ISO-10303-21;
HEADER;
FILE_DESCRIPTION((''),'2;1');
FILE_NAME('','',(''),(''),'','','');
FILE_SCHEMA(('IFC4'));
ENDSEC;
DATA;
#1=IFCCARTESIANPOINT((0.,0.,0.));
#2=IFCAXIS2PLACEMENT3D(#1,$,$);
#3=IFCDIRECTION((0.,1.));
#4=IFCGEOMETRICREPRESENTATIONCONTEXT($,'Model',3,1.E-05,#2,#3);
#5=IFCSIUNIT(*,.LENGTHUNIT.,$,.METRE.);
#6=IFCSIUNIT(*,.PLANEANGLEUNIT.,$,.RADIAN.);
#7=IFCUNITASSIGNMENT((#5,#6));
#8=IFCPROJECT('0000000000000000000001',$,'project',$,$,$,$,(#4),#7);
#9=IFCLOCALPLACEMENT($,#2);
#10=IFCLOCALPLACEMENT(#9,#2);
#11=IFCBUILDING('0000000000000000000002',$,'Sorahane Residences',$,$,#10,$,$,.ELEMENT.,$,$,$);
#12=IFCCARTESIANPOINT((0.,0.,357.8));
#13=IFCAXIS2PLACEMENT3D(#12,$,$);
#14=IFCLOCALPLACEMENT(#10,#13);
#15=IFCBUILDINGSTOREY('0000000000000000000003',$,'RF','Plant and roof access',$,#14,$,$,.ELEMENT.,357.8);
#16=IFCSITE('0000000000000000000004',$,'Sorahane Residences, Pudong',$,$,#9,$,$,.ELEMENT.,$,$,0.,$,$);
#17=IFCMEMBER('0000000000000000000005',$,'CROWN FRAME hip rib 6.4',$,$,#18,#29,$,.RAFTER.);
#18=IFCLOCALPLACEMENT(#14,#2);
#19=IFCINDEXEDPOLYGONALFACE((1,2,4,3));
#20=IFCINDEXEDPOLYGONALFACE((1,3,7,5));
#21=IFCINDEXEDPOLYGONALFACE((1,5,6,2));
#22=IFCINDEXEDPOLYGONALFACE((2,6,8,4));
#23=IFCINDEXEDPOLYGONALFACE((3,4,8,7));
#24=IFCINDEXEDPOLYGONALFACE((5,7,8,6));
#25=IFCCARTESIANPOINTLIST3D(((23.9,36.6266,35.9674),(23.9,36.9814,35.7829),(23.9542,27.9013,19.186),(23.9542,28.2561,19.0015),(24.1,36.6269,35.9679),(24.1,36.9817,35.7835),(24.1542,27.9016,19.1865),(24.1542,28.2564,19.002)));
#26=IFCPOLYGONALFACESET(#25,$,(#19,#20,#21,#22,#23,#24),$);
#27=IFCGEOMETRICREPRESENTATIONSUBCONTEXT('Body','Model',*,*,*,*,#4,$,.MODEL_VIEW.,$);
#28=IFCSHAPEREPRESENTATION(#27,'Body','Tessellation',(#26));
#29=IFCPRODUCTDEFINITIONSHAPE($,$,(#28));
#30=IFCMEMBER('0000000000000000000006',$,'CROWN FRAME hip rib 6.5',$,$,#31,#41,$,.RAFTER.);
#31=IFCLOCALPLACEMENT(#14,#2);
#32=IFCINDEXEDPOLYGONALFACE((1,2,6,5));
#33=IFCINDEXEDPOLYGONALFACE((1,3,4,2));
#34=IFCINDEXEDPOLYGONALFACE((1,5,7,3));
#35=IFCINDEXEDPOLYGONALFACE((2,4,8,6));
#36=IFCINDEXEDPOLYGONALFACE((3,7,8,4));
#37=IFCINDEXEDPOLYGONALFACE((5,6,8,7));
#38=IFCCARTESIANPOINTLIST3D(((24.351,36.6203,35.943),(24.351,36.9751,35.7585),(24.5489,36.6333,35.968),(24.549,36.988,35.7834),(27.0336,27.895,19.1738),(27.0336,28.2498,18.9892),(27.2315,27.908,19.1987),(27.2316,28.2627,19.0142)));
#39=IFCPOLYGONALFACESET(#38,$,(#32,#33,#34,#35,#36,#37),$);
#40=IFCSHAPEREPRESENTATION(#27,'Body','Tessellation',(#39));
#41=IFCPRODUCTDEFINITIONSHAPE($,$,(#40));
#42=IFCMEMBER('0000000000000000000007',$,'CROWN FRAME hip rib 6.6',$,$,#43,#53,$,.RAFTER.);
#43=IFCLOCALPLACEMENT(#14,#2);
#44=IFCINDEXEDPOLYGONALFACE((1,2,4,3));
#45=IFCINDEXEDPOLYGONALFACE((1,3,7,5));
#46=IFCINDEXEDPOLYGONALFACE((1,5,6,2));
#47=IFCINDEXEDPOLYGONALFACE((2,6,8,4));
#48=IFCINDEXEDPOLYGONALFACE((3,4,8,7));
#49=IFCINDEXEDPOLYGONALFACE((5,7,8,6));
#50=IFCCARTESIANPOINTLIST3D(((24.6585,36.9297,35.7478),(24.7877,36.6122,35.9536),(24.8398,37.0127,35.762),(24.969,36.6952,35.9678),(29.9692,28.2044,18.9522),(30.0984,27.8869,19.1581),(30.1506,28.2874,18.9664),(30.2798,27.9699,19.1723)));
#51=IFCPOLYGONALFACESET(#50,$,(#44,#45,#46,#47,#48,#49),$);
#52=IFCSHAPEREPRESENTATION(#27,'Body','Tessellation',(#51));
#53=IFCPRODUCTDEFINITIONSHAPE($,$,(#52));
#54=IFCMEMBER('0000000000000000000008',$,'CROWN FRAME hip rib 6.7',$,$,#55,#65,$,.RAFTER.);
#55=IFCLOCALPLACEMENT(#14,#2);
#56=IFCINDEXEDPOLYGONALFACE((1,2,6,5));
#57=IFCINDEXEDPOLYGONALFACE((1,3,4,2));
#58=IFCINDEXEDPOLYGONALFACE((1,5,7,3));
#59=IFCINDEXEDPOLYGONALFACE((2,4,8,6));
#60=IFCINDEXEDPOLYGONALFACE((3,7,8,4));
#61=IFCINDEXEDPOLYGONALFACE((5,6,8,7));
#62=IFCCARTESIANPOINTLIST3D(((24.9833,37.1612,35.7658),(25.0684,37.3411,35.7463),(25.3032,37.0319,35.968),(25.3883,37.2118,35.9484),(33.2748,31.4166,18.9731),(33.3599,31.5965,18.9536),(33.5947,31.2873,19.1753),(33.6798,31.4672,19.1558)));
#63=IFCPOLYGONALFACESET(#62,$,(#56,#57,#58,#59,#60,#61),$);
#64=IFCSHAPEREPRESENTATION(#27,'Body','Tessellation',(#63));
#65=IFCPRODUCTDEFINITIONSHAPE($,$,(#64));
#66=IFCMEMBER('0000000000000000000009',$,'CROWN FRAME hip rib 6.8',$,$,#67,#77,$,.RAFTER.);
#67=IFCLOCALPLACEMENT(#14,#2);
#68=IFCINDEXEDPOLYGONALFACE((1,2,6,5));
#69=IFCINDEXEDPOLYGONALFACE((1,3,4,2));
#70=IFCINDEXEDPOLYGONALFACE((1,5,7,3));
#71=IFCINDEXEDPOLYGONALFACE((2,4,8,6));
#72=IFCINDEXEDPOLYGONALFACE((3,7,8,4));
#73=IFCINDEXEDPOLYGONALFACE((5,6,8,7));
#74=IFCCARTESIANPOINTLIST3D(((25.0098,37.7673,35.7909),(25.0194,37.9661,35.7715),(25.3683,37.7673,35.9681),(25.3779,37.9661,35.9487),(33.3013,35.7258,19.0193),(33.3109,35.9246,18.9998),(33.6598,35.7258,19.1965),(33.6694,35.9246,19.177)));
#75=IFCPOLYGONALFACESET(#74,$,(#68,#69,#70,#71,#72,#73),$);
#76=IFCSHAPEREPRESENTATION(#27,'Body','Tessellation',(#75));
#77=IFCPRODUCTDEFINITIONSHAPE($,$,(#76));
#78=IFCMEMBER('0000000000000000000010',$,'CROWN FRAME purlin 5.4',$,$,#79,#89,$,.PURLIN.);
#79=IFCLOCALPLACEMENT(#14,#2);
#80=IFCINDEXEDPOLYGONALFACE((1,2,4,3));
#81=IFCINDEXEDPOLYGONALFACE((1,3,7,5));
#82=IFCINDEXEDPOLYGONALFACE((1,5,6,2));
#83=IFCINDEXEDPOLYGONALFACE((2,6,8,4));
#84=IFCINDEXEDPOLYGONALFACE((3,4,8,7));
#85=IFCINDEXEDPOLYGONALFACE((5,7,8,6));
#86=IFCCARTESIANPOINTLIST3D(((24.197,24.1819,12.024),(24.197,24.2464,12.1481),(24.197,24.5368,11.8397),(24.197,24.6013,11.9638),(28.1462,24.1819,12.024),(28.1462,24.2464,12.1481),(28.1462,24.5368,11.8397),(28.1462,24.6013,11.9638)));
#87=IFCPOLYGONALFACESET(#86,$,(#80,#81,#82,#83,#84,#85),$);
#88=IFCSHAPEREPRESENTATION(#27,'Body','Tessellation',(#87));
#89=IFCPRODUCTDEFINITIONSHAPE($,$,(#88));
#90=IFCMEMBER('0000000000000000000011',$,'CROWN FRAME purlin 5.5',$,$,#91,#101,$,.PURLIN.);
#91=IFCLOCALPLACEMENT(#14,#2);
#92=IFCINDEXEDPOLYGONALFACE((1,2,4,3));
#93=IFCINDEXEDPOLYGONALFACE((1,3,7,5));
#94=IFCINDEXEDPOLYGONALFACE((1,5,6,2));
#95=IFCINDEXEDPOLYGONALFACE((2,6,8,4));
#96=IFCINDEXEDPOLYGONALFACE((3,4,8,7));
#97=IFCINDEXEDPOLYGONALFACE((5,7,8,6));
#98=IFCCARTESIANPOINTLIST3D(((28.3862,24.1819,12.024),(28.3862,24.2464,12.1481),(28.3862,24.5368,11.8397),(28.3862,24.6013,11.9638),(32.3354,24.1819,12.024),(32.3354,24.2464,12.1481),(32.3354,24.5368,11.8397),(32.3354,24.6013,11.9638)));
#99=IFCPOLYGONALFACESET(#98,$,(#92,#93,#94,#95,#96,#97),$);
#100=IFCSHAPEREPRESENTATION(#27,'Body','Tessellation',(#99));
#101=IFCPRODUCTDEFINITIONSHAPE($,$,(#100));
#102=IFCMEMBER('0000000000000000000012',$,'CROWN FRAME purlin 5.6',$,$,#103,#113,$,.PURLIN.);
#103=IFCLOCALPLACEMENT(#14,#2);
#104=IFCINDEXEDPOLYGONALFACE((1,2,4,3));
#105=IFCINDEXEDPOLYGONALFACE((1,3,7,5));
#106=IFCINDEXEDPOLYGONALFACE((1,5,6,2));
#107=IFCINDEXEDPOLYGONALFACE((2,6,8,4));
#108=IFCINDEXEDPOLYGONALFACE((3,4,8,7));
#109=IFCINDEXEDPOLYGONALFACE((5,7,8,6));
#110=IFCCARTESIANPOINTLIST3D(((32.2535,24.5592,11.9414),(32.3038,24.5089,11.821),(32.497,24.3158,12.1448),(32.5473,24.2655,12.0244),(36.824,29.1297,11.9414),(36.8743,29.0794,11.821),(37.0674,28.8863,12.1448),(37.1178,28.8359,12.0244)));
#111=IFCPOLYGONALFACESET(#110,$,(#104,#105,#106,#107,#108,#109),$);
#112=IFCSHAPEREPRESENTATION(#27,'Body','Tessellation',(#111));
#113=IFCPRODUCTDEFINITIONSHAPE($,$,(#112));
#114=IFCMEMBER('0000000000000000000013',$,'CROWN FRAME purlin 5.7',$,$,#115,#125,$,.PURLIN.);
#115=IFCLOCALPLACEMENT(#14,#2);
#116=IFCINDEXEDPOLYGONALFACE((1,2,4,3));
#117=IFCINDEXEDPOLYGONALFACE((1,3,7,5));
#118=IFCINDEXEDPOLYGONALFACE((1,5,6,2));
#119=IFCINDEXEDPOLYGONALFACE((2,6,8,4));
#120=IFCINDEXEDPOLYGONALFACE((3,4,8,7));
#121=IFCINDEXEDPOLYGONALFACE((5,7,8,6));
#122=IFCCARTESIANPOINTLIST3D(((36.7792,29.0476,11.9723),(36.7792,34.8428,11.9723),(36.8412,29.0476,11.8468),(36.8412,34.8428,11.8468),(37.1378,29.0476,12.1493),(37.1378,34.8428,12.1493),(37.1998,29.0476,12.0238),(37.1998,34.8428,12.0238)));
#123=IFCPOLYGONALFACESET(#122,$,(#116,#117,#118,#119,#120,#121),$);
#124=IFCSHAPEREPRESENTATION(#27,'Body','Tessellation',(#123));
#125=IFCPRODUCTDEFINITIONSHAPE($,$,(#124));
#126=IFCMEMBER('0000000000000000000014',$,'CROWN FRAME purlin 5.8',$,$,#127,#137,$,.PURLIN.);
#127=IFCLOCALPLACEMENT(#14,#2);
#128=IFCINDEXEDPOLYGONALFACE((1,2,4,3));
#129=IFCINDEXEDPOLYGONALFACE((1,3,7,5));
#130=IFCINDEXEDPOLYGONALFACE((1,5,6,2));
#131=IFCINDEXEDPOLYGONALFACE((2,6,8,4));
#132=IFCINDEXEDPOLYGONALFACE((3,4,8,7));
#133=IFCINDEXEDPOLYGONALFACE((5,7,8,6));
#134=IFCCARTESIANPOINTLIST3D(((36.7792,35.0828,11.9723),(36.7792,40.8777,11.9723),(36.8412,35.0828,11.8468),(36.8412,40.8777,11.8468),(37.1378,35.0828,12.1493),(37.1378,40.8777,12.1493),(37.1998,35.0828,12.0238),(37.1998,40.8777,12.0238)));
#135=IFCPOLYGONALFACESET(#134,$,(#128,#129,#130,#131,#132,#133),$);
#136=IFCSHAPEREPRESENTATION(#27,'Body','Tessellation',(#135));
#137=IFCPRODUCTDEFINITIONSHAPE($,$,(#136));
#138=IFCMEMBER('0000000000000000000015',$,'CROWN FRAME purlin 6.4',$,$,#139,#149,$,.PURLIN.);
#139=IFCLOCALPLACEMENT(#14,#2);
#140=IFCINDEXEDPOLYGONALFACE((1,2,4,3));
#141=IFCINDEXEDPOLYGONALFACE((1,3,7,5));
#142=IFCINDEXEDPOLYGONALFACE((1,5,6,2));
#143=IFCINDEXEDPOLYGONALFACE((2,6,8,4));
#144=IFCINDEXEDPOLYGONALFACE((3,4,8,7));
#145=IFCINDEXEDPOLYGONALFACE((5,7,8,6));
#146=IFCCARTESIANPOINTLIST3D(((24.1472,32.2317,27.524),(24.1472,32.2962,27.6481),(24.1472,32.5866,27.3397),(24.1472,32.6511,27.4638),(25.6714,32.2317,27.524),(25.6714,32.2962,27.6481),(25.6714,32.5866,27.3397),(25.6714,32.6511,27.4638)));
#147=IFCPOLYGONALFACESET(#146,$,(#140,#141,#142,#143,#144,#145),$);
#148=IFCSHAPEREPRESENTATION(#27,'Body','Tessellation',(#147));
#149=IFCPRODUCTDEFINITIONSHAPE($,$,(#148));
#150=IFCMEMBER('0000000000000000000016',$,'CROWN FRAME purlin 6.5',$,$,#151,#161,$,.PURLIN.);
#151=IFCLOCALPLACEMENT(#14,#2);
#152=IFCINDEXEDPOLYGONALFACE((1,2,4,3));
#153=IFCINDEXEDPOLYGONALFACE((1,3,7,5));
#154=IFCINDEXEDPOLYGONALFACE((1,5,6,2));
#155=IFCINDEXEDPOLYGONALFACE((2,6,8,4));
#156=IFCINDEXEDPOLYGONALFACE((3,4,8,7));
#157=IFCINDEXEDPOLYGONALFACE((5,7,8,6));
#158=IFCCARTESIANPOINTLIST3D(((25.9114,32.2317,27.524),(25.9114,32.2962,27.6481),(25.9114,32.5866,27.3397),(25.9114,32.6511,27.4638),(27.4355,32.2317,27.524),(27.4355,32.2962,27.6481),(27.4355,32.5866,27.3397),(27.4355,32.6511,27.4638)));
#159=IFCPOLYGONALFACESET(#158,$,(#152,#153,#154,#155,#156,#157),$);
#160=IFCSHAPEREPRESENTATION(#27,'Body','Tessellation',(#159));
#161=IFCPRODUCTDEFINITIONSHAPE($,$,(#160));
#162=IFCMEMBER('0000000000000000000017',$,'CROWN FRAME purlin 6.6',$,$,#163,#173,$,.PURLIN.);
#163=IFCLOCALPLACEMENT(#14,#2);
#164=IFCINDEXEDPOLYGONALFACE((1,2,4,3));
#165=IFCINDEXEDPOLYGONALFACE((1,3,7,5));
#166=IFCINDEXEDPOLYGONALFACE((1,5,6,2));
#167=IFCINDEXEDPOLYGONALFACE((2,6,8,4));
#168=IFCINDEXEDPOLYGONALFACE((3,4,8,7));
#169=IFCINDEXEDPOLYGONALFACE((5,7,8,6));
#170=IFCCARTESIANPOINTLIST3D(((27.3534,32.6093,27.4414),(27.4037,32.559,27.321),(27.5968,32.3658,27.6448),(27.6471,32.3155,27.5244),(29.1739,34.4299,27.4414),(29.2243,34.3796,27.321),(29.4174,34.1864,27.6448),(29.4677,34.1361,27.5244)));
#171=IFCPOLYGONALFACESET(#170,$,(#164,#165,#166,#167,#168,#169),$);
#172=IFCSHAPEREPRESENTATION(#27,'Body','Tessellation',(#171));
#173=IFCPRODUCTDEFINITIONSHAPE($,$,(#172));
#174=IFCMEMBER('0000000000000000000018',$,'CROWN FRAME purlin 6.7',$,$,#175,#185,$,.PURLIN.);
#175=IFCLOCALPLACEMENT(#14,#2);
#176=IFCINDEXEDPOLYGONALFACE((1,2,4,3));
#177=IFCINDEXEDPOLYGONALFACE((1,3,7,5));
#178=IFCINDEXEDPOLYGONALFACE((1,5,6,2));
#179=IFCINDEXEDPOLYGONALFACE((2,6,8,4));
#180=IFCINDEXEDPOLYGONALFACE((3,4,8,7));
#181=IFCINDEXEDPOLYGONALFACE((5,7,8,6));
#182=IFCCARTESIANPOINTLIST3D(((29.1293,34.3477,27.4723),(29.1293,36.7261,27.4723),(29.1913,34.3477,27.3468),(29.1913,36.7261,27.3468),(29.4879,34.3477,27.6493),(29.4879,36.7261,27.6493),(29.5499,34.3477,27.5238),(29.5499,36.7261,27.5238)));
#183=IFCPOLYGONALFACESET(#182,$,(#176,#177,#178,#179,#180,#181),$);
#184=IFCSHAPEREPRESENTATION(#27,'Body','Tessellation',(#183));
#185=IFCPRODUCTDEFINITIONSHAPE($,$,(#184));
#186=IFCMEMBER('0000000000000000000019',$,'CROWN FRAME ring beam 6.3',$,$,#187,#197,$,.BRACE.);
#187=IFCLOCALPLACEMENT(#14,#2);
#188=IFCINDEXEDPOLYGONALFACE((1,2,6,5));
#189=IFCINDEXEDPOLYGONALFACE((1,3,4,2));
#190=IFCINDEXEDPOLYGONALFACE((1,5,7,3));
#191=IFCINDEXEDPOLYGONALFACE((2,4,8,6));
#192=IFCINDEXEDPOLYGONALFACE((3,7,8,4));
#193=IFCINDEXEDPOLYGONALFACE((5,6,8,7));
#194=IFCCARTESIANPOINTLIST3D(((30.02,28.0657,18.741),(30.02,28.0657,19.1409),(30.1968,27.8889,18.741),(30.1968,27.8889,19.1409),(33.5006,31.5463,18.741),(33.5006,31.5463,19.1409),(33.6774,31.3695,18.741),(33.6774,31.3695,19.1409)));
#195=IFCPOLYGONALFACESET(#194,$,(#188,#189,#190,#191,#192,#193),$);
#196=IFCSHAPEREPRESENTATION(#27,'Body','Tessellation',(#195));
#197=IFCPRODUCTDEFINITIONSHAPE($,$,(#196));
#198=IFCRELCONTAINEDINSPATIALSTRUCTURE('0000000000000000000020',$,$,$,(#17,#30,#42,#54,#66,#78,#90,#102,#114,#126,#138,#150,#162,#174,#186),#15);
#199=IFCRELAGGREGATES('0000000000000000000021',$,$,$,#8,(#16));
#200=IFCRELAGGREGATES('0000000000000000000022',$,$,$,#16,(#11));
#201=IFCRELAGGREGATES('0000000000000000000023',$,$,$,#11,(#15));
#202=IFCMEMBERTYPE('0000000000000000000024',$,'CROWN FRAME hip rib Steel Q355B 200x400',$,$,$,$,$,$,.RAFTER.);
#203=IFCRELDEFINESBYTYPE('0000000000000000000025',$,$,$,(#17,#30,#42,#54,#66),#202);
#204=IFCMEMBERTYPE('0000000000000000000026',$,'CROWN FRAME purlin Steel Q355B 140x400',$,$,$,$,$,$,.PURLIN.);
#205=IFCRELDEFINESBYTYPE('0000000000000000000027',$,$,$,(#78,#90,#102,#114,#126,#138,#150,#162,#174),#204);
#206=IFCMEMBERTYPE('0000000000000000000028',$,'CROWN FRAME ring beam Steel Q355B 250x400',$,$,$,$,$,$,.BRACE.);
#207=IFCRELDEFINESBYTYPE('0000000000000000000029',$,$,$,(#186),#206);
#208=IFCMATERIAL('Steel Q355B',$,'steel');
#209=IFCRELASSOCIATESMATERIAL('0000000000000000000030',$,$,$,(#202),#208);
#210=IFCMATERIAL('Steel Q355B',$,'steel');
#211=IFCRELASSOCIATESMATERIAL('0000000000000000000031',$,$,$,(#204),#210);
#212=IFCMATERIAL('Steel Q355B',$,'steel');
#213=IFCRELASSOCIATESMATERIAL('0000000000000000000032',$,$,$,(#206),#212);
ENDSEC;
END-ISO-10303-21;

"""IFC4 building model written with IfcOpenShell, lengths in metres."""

from ifc_helpers import new_model, si_unit, direction, frame, origin, origin_2d, place, context, subcontext, project, spatial, rectangle, extrude, material, material_profile, profile_set, type_object, element, save


model = new_model("IFC4")

# Units and contexts
model_context = context("Model", 3, precision=1e-05, world=origin(), true_north=direction((0.0, 1.0)))
body_context = subcontext(model_context, "Body", "Model", "MODEL_VIEW")
ifc_project = project(units=[si_unit("LENGTHUNIT", "METRE"), si_unit("PLANEANGLEUNIT", "RADIAN")], contexts=[model_context])

# Site, building, storey
site_placement = place(None, origin())
site = spatial("IfcSite", under=ifc_project, at=site_placement, Name="Sorahane Residences, Pudong", CompositionType="ELEMENT", RefElevation=0.0)
building_placement = place(site_placement, origin())
building = spatial("IfcBuilding", under=site, at=building_placement, Name="Sorahane Residences", CompositionType="ELEMENT")
storey_placement = place(building_placement, frame((0.0, 0.0, 357.8)))
storey = spatial("IfcBuildingStorey", under=building, at=storey_placement, Name="RF", Description="Plant and roof access", CompositionType="ELEMENT", Elevation=357.8)

# Members
ifc_material_1 = material(Name="Steel Q355B", Category="steel")
ifc_material_profile_1 = material_profile(ifc_material_1, rectangle(XDim=0.2, YDim=0.3999, at=origin_2d()), Name="CROWN FRAME hip rib Steel Q355B 200x400")
ifc_profile_set_1 = profile_set([ifc_material_profile_1], Name="Steel Q355B")
member_type_1 = type_object("IfcMemberType", Name="CROWN FRAME hip rib Steel Q355B 200x400", PredefinedType="RAFTER", material=ifc_profile_set_1)
member_1_placement = place(storey_placement, frame((24.0542, 28.0789, 19.094), z_axis=(-0.002866, 0.461308, 0.887236), x_axis=(-0.999996, -0.00132, -0.002543)))
element("IfcMember", 1, at=member_1_placement, inside=storey, type_object=member_type_1, Name="CROWN FRAME hip rib 6.4", PredefinedType="RAFTER", context=body_context, shape_type="SweptSolid", body=[
    extrude(rectangle(XDim=0.2, YDim=0.3999, at=origin_2d()), origin(), (0.0, 0.0, 1.0), 18.9143),
])
member_2_placement = place(storey_placement, frame((27.1326, 28.0789, 19.094), z_axis=(-0.140504, 0.456995, 0.878302), x_axis=(-0.99008, -0.064756, -0.124692)))
element("IfcMember", 2, at=member_2_placement, inside=storey, type_object=member_type_1, Name="CROWN FRAME hip rib 6.5", PredefinedType="RAFTER", context=body_context, shape_type="SweptSolid", body=[
    extrude(rectangle(XDim=0.2, YDim=0.3999, at=origin_2d()), origin(), (0.0, 0.0, 1.0), 19.0928),
])
member_3_placement = place(storey_placement, frame((30.1245, 28.0872, 19.0623), z_axis=(-0.270162, 0.443861, 0.8544), x_axis=(-0.906986, -0.41511, -0.07114)))
element("IfcMember", 3, at=member_3_placement, inside=storey, type_object=member_type_1, Name="CROWN FRAME hip rib 6.6", PredefinedType="RAFTER", context=body_context, shape_type="SweptSolid", body=[
    extrude(rectangle(XDim=0.2, YDim=0.3999, at=origin_2d()), origin(), (0.0, 0.0, 1.0), 19.6577),
])
member_4_placement = place(storey_placement, frame((33.4773, 31.4419, 19.0645), z_axis=(-0.423264, 0.293252, 0.857234), x_axis=(-0.425517, -0.899665, 0.097665)))
element("IfcMember", 4, at=member_4_placement, inside=storey, type_object=member_type_1, Name="CROWN FRAME hip rib 6.7", PredefinedType="RAFTER", context=body_context, shape_type="SweptSolid", body=[
    extrude(rectangle(XDim=0.2, YDim=0.3999, at=origin_2d()), origin(), (0.0, 0.0, 1.0), 19.5894),
])
member_5_placement = place(storey_placement, frame((33.4854, 35.8252, 19.0981), z_axis=(-0.440559, 0.108473, 0.891146), x_axis=(-0.048026, -0.994099, 0.097262)))
element("IfcMember", 5, at=member_5_placement, inside=storey, type_object=member_type_1, Name="CROWN FRAME hip rib 6.8", PredefinedType="RAFTER", context=body_context, shape_type="SweptSolid", body=[
    extrude(rectangle(XDim=0.2, YDim=0.3999, at=origin_2d()), origin(), (0.0, 0.0, 1.0), 18.8203),
])
ifc_material_2 = material(Name="Steel Q355B", Category="steel")
ifc_material_profile_2 = material_profile(ifc_material_2, rectangle(XDim=0.1399, YDim=0.3999, at=origin_2d()), Name="CROWN FRAME purlin Steel Q355B 140x400")
ifc_profile_set_2 = profile_set([ifc_material_profile_2], Name="Steel Q355B")
member_type_2 = type_object("IfcMemberType", Name="CROWN FRAME purlin Steel Q355B 140x400", PredefinedType="PURLIN", material=ifc_profile_set_2)
for number, where, z_axis, x_axis, name in (
    (6, (24.197, 24.3916, 11.9939), (1.0, 0.0, 0.0), (0.0, 0.4609, 0.887452), "CROWN FRAME purlin 5.4"),
    (7, (28.3862, 24.3916, 11.9939), (1.0, 0.0, 0.0), (0.0, 0.4609, 0.887452), "CROWN FRAME purlin 5.5"),
):
    element("IfcMember", number, at=place(storey_placement, frame(where, z_axis=z_axis, x_axis=x_axis)), inside=storey, type_object=member_type_2, Name=name, PredefinedType="PURLIN", context=body_context, shape_type="SweptSolid", body=[
        extrude(rectangle(XDim=0.1399, YDim=0.3999, at=origin_2d()), origin(), (0.0, 0.0, 1.0), 3.9492),
    ])
member_6_placement = place(storey_placement, frame((32.4004, 24.4124, 11.9829), z_axis=(0.707107, 0.707107, 0.0), x_axis=(-0.359664, 0.359664, 0.860978)))
element("IfcMember", 8, at=member_6_placement, inside=storey, type_object=member_type_2, Name="CROWN FRAME purlin 5.6", PredefinedType="PURLIN", context=body_context, shape_type="SweptSolid", body=[
    extrude(rectangle(XDim=0.1399, YDim=0.3999, at=origin_2d()), origin(), (0.0, 0.0, 1.0), 6.4636),
])
member_7_placement = place(storey_placement, frame((36.9895, 29.0476, 11.998), z_axis=(0.0, 1.0, 0.0), x_axis=(-0.44258, 0.0, 0.896729)))
element("IfcMember", 9, at=member_7_placement, inside=storey, type_object=member_type_2, Name="CROWN FRAME purlin 5.7", PredefinedType="PURLIN", context=body_context, shape_type="SweptSolid", body=[
    extrude(rectangle(XDim=0.1399, YDim=0.3999, at=origin_2d()), origin(), (0.0, 0.0, 1.0), 5.7952),
])
member_8_placement = place(storey_placement, frame((36.9895, 35.0828, 11.998), z_axis=(0.0, 1.0, 0.0), x_axis=(-0.44258, 0.0, 0.896729)))
element("IfcMember", 10, at=member_8_placement, inside=storey, type_object=member_type_2, Name="CROWN FRAME purlin 5.8", PredefinedType="PURLIN", context=body_context, shape_type="SweptSolid", body=[
    extrude(rectangle(XDim=0.1399, YDim=0.3999, at=origin_2d()), origin(), (0.0, 0.0, 1.0), 5.7949),
])
for number, where, z_axis, x_axis, name in (
    (11, (24.1472, 32.4414, 27.4939), (1.0, 0.0, 0.0), (0.0, 0.460903, 0.88745), "CROWN FRAME purlin 6.4"),
    (12, (25.9114, 32.4414, 27.4939), (1.0, 0.0, 0.0), (0.0, 0.460903, 0.88745), "CROWN FRAME purlin 6.5"),
):
    element("IfcMember", number, at=place(storey_placement, frame(where, z_axis=z_axis, x_axis=x_axis)), inside=storey, type_object=member_type_2, Name=name, PredefinedType="PURLIN", context=body_context, shape_type="SweptSolid", body=[
        extrude(rectangle(XDim=0.1399, YDim=0.3999, at=origin_2d()), origin(), (0.0, 0.0, 1.0), 1.5242),
    ])
member_9_placement = place(storey_placement, frame((27.5002, 32.4624, 27.4829), z_axis=(0.707107, 0.707107, 0.0), x_axis=(-0.359667, 0.359667, 0.860976)))
element("IfcMember", 13, at=member_9_placement, inside=storey, type_object=member_type_2, Name="CROWN FRAME purlin 6.6", PredefinedType="PURLIN", context=body_context, shape_type="SweptSolid", body=[
    extrude(rectangle(XDim=0.1399, YDim=0.3999, at=origin_2d()), origin(), (0.0, 0.0, 1.0), 2.5747),
])
member_10_placement = place(storey_placement, frame((29.3396, 34.3477, 27.498), z_axis=(0.0, 1.0, 0.0), x_axis=(-0.442578, 0.0, 0.89673)))
element("IfcMember", 14, at=member_10_placement, inside=storey, type_object=member_type_2, Name="CROWN FRAME purlin 6.7", PredefinedType="PURLIN", context=body_context, shape_type="SweptSolid", body=[
    extrude(rectangle(XDim=0.1399, YDim=0.3999, at=origin_2d()), origin(), (0.0, 0.0, 1.0), 2.3784),
])
ifc_material_3 = material(Name="Steel Q355B", Category="steel")
ifc_material_profile_3 = material_profile(ifc_material_3, rectangle(XDim=0.25, YDim=0.3999, at=origin_2d()), Name="CROWN FRAME ring beam Steel Q355B 250x400")
ifc_profile_set_3 = profile_set([ifc_material_profile_3], Name="Steel Q355B")
member_type_3 = type_object("IfcMemberType", Name="CROWN FRAME ring beam Steel Q355B 250x400", PredefinedType="BRACE", material=ifc_profile_set_3)
member_11_placement = place(storey_placement, frame((30.1084, 27.9773, 18.9409), z_axis=(0.707107, 0.707107, 0.0), x_axis=(-0.707107, 0.707107, 0.0)))
element("IfcMember", 15, at=member_11_placement, inside=storey, type_object=member_type_3, Name="CROWN FRAME ring beam 6.3", PredefinedType="BRACE", context=body_context, shape_type="SweptSolid", body=[
    extrude(rectangle(XDim=0.25, YDim=0.3999, at=origin_2d()), origin(), (0.0, 0.0, 1.0), 4.9224),
])

save(model, "model.ifc")
